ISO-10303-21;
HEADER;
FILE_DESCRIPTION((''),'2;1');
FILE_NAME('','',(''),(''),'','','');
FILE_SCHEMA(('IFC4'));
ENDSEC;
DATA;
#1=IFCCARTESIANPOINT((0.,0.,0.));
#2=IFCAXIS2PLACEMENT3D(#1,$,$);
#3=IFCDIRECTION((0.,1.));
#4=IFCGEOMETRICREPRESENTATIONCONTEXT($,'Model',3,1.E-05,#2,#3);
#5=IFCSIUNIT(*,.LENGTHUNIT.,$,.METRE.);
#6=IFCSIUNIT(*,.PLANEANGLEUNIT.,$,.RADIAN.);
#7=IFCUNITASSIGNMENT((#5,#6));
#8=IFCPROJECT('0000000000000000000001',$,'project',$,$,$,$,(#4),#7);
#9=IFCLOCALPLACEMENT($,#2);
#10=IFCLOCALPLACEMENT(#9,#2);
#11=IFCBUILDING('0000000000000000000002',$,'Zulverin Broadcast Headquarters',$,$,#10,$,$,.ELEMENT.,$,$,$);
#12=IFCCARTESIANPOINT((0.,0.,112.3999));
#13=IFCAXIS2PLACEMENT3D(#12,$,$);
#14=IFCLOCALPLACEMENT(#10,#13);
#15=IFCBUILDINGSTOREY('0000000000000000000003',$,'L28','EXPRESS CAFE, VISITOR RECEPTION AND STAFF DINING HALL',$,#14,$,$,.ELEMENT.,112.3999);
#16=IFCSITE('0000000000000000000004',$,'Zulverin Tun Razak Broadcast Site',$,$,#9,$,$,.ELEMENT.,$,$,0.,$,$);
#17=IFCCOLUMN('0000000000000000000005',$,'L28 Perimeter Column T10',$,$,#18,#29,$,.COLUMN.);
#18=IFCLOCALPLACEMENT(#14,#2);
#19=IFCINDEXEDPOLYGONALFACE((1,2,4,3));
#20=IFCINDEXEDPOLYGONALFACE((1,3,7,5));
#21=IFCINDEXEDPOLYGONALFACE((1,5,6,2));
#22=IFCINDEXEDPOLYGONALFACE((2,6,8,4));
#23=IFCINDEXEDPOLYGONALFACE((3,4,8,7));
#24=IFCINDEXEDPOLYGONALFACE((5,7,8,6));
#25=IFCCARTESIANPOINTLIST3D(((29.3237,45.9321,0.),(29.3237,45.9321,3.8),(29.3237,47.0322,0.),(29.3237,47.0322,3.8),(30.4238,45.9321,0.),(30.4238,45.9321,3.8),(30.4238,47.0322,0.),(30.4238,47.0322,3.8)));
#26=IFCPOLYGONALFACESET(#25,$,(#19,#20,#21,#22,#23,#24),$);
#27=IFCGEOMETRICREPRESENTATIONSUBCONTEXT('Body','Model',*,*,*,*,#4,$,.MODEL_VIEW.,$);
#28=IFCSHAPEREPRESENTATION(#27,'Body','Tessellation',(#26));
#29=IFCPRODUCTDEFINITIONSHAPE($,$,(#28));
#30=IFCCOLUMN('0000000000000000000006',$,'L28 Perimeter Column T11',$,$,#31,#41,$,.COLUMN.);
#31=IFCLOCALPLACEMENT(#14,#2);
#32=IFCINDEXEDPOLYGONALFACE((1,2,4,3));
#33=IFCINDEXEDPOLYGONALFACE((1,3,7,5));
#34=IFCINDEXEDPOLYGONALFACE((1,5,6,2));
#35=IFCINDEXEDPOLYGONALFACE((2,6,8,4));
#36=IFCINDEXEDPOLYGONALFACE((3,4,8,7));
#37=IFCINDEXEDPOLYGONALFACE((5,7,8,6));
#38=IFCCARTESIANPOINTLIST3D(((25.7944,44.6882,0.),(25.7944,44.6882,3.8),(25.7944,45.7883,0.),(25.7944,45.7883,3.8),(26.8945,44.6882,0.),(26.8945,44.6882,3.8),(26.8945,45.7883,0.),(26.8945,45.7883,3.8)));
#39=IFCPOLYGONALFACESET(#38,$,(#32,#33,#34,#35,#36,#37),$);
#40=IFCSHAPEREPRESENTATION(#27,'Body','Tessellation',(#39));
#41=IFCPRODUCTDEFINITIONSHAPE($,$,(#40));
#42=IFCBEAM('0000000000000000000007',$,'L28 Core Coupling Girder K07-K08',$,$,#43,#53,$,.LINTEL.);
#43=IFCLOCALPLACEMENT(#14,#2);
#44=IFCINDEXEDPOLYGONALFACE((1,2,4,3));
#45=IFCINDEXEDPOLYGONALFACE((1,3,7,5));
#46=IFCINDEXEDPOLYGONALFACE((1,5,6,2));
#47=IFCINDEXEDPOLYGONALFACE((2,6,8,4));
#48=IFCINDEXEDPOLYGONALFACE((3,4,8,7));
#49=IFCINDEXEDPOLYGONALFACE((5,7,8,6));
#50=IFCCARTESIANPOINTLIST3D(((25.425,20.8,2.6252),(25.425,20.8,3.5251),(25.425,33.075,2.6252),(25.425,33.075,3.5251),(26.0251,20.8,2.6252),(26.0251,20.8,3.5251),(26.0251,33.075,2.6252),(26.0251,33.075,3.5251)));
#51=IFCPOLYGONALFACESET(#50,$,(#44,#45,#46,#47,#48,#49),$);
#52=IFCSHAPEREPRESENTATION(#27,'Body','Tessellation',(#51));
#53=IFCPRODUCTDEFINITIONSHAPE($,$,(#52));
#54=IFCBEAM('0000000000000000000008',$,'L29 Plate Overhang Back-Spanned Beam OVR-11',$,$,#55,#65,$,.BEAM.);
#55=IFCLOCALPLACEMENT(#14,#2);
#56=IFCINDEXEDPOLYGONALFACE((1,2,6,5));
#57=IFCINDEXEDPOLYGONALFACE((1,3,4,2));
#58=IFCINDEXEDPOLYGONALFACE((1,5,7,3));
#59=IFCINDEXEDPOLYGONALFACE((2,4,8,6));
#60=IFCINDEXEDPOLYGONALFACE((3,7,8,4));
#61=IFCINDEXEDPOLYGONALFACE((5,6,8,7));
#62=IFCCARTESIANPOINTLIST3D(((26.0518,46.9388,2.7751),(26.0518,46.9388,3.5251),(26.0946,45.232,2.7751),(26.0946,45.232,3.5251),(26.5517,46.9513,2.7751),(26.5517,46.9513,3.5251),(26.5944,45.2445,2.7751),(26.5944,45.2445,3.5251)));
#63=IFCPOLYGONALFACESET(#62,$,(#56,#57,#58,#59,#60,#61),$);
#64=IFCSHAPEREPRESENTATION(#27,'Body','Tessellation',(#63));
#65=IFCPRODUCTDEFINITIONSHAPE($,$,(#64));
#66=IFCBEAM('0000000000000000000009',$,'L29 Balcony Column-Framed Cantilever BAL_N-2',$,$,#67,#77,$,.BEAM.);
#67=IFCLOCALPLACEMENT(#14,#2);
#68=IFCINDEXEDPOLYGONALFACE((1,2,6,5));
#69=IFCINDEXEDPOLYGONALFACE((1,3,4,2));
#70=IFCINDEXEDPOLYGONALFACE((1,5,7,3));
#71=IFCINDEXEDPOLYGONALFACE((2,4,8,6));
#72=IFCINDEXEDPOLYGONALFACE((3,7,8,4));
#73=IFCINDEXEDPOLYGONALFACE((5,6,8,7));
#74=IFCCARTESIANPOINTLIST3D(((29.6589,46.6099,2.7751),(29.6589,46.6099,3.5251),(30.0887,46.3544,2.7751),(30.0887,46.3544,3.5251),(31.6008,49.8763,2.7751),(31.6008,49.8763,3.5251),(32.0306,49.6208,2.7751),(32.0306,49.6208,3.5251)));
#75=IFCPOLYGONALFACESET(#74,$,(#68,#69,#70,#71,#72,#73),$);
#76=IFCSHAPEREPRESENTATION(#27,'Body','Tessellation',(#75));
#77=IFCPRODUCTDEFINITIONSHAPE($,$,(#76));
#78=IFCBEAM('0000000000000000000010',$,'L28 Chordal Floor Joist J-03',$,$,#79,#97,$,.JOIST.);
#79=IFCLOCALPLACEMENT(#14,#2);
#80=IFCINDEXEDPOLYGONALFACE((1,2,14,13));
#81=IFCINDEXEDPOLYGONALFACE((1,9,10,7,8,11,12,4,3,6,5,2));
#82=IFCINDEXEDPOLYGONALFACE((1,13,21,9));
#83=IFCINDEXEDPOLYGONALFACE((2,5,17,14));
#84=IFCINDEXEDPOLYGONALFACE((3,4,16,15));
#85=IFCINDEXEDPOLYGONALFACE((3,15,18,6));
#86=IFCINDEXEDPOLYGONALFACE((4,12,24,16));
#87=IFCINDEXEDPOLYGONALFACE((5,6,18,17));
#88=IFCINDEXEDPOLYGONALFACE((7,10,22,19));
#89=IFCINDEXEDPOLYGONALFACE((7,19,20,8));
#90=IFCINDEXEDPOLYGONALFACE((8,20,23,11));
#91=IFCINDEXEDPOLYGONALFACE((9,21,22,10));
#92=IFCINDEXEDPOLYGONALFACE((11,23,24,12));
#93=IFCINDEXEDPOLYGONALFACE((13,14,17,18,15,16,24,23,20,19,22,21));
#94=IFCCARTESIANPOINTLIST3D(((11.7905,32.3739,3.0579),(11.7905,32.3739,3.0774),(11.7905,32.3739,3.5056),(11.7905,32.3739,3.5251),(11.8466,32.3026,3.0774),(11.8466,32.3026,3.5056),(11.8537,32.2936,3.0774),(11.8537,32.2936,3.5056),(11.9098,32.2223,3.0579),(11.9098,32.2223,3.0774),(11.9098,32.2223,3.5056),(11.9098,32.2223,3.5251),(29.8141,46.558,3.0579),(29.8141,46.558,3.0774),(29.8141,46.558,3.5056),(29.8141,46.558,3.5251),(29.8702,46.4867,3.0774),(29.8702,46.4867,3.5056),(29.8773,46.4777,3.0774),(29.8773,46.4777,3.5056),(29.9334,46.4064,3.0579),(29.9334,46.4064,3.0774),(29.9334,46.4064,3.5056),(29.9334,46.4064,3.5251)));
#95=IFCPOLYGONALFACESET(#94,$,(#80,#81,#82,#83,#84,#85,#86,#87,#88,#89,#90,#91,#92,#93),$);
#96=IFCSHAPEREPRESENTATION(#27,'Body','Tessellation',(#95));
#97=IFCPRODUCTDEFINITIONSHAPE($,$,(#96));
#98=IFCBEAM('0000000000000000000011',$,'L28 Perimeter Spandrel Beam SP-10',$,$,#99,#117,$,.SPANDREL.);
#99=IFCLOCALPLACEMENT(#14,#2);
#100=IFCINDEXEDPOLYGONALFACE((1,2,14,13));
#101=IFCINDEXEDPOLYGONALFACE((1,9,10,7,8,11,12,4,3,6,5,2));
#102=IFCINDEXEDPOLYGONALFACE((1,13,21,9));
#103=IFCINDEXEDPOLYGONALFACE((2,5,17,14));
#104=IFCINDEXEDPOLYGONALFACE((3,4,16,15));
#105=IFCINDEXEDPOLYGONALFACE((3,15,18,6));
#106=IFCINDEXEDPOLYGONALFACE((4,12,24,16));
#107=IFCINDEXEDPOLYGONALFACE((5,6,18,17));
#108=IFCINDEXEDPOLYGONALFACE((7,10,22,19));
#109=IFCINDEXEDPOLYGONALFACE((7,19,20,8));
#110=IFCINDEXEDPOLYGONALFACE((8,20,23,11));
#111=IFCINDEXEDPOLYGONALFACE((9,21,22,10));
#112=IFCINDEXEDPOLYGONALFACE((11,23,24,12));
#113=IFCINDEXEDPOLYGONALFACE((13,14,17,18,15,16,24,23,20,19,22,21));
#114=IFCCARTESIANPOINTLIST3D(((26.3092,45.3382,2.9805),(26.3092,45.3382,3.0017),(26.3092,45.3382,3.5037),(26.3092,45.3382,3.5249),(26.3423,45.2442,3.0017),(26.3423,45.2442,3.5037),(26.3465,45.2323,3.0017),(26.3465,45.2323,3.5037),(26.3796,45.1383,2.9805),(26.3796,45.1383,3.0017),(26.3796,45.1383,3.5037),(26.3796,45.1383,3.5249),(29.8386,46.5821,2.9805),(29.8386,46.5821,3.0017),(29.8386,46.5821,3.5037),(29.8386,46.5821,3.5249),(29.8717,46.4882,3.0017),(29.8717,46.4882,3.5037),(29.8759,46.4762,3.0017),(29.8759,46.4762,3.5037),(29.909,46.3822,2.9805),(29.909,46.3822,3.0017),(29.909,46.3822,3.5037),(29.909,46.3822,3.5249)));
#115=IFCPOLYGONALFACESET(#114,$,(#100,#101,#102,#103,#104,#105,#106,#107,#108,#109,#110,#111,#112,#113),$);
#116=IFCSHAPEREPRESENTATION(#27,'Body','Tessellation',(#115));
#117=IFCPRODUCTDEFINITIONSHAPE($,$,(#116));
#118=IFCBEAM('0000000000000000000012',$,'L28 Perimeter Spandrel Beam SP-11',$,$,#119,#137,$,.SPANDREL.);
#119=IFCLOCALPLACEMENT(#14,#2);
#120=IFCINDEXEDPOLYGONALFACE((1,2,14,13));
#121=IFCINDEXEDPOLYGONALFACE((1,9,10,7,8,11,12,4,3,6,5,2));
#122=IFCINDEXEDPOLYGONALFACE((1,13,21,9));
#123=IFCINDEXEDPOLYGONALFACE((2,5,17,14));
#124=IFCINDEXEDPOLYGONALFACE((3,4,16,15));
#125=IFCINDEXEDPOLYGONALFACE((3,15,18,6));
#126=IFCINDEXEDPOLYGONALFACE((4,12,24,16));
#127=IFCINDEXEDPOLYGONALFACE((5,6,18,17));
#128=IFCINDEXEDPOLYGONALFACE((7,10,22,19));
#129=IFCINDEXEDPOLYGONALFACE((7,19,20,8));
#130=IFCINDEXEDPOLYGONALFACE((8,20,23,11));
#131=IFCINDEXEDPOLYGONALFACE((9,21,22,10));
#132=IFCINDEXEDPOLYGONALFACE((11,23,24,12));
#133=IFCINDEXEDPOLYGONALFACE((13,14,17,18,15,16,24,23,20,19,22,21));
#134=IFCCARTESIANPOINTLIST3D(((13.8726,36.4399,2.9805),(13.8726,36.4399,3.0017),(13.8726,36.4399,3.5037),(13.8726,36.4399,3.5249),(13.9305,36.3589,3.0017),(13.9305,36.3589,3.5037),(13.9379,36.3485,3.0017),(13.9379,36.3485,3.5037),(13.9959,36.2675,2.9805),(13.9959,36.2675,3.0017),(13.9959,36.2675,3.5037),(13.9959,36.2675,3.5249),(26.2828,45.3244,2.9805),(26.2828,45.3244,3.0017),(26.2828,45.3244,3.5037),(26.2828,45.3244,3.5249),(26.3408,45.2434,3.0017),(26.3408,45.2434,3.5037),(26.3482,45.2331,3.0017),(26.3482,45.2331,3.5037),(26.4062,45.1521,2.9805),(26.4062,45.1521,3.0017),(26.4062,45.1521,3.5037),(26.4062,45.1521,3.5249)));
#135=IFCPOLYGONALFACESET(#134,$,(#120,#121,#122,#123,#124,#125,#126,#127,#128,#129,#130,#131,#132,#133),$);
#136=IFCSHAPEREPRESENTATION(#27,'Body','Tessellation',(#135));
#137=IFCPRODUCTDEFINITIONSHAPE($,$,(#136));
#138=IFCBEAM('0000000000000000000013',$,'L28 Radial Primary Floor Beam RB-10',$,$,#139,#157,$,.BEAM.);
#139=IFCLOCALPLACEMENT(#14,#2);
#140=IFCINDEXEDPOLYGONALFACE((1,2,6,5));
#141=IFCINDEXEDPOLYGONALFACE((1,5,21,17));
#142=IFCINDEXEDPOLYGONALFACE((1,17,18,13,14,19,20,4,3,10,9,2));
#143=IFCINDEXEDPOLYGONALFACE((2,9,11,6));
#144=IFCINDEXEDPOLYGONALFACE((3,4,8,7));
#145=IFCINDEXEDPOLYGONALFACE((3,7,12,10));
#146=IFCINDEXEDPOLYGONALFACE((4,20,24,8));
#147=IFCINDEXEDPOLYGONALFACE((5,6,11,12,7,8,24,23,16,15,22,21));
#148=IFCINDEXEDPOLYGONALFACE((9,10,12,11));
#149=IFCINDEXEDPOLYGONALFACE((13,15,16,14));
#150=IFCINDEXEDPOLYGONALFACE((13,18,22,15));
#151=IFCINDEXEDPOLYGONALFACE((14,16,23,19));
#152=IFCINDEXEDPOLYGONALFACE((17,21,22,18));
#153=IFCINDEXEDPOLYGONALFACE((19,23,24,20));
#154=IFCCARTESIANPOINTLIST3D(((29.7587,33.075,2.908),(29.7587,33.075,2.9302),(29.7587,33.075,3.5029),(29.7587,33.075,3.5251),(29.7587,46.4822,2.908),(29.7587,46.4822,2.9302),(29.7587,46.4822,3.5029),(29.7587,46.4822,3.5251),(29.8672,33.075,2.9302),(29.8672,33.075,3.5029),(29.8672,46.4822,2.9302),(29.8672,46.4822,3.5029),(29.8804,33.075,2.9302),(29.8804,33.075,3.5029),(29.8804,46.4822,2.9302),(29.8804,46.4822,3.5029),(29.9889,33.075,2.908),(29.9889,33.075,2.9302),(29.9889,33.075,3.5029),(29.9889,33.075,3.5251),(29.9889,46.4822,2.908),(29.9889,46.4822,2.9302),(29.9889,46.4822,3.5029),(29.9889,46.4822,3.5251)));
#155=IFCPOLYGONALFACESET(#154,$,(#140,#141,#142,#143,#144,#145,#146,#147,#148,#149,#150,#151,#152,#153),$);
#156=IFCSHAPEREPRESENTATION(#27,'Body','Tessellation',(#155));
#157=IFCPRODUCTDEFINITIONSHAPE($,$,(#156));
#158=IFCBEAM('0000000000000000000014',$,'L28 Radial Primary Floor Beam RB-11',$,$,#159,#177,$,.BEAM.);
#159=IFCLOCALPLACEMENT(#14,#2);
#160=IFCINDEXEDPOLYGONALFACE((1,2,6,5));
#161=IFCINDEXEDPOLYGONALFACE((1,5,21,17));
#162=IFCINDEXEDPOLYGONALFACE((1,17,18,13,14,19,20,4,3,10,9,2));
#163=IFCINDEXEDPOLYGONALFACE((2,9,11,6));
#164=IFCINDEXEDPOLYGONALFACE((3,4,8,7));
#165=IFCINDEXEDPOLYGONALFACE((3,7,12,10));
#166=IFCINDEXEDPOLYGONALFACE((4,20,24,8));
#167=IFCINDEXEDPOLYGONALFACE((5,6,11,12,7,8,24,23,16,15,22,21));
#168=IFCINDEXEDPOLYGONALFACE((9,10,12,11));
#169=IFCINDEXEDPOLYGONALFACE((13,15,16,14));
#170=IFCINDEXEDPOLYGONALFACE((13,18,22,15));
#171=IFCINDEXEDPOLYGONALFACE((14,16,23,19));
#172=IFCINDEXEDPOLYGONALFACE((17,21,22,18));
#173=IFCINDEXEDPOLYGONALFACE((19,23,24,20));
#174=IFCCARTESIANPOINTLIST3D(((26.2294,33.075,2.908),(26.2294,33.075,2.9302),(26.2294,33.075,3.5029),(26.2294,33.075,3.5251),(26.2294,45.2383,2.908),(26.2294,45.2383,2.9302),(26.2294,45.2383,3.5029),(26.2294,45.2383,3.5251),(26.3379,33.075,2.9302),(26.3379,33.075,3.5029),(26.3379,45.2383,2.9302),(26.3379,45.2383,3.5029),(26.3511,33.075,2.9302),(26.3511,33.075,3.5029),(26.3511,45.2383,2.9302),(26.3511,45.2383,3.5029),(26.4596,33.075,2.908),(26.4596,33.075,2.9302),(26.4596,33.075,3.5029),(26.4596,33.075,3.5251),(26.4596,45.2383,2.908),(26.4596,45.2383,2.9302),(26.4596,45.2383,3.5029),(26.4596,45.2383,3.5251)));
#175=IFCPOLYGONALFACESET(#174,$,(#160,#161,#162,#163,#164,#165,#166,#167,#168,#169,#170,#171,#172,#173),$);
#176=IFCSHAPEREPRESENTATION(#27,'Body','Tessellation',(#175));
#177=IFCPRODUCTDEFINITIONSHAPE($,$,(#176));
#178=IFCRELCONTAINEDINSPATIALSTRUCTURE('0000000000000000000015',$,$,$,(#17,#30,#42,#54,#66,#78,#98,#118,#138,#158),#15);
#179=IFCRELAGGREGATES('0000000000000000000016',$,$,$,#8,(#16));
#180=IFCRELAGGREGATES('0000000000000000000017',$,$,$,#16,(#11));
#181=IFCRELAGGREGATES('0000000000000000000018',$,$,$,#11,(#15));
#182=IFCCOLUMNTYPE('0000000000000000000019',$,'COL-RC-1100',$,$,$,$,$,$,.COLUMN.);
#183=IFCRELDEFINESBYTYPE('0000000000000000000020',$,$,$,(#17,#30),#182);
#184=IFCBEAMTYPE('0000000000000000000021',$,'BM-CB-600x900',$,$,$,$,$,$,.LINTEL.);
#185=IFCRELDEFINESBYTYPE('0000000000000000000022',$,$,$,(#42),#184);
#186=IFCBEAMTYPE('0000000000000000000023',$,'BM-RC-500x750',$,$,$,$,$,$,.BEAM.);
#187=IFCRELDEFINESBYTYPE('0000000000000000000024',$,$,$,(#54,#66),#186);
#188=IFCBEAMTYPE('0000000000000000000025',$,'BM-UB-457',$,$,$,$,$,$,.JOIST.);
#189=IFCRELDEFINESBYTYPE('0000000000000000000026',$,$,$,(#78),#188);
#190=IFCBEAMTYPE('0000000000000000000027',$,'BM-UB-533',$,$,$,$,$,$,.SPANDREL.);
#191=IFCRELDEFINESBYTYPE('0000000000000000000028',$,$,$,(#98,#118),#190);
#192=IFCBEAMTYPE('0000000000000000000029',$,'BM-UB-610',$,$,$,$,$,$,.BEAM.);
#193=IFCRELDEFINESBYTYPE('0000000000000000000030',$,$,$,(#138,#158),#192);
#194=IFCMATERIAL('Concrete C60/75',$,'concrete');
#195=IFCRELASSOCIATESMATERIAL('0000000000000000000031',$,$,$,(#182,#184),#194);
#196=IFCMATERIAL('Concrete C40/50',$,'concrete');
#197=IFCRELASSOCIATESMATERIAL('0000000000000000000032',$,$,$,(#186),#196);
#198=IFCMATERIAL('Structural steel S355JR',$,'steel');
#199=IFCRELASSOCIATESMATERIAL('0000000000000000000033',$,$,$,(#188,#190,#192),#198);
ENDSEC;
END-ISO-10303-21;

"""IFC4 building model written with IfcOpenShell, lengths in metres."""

from ifc_helpers import new_model, si_unit, direction, frame, origin, origin_2d, place, context, subcontext, project, spatial, rectangle, i_section, extrude, material, material_profile, profile_set, type_object, element, save


model = new_model("IFC4")

# Units and contexts
model_context = context("Model", 3, precision=1e-05, world=origin(), true_north=direction((0.0, 1.0)))
body_context = subcontext(model_context, "Body", "Model", "MODEL_VIEW")
ifc_project = project(units=[si_unit("LENGTHUNIT", "METRE"), si_unit("PLANEANGLEUNIT", "RADIAN")], contexts=[model_context])

# Site, building, storey
site_placement = place(None, origin())
site = spatial("IfcSite", under=ifc_project, at=site_placement, Name="Zulverin Tun Razak Broadcast Site", CompositionType="ELEMENT", RefElevation=0.0)
building_placement = place(site_placement, origin())
building = spatial("IfcBuilding", under=site, at=building_placement, Name="Zulverin Broadcast Headquarters", CompositionType="ELEMENT")
storey_placement = place(building_placement, frame((0.0, 0.0, 112.3999)))
storey = spatial("IfcBuildingStorey", under=building, at=storey_placement, Name="L28", Description="EXPRESS CAFE, VISITOR RECEPTION AND STAFF DINING HALL", CompositionType="ELEMENT", Elevation=112.3999)

# Columns
ifc_material_1 = material(Name="Concrete C60/75", Category="concrete")
ifc_material_profile_1 = material_profile(ifc_material_1, rectangle(XDim=1.1001, YDim=1.1001, at=origin_2d()), Name="Concrete C60/75", Category="concrete")
ifc_profile_set_1 = profile_set([ifc_material_profile_1], Name="Concrete C60/75")
column_type = type_object("IfcColumnType", Name="COL-RC-1100", PredefinedType="COLUMN", material=ifc_profile_set_1)
for number, where, z_axis, x_axis, name in (
    (1, (29.8738, 46.4822, 0.0), (0.0, 0.0, 1.0), (1.0, 0.0, 0.0), "L28 Perimeter Column T10"),
    (2, (26.3445, 45.2383, 0.0), (0.0, 0.0, 1.0), (1.0, 0.0, 0.0), "L28 Perimeter Column T11"),
):
    element("IfcColumn", number, at=place(storey_placement, frame(where, z_axis=z_axis, x_axis=x_axis)), inside=storey, type_object=column_type, Name=name, PredefinedType="COLUMN", context=body_context, shape_type="SweptSolid", body=[
        extrude(rectangle(XDim=1.1001, YDim=1.1001, at=origin_2d()), origin(), (0.0, 0.0, 1.0), 3.8),
    ])

# Beams
ifc_material_profile_2 = material_profile(ifc_material_1, rectangle(XDim=0.6001, YDim=0.8999, at=origin_2d()), Name="Concrete C60/75", Category="concrete")
ifc_profile_set_2 = profile_set([ifc_material_profile_2], Name="Concrete C60/75")
beam_type_1 = type_object("IfcBeamType", Name="BM-CB-600x900", PredefinedType="LINTEL", material=ifc_profile_set_2)
beam_1_placement = place(storey_placement, frame((25.7251, 33.075, 3.0752), z_axis=(0.0, -1.0, 0.0), x_axis=(1.0, 0.0, 0.0)))
element("IfcBeam", 3, at=beam_1_placement, inside=storey, type_object=beam_type_1, Name="L28 Core Coupling Girder K07-K08", PredefinedType="LINTEL", context=body_context, shape_type="SweptSolid", body=[
    extrude(rectangle(XDim=0.6001, YDim=0.8999, at=origin_2d()), origin(), (0.0, 0.0, 1.0), 12.2749),
])
ifc_material_2 = material(Name="Concrete C40/50", Category="concrete")
ifc_material_profile_3 = material_profile(ifc_material_2, rectangle(XDim=0.5, YDim=0.75, at=origin_2d()), Name="Concrete C40/50", Category="concrete")
ifc_profile_set_3 = profile_set([ifc_material_profile_3], Name="Concrete C40/50")
beam_type_2 = type_object("IfcBeamType", Name="BM-RC-500x750", PredefinedType="BEAM", material=ifc_profile_set_3)
beam_2_placement = place(storey_placement, frame((26.3445, 45.2383, 3.1501), z_axis=(-0.025024, 0.999687, 0.0), x_axis=(-0.999687, -0.025024, 0.0)))
element("IfcBeam", 4, at=beam_2_placement, inside=storey, type_object=beam_type_2, Name="L29 Plate Overhang Back-Spanned Beam OVR-11", PredefinedType="BEAM", context=body_context, shape_type="SweptSolid", body=[
    extrude(rectangle(XDim=0.5, YDim=0.75, at=origin_2d()), origin(), (0.0, 0.0, 1.0), 1.7073),
])
beam_3_placement = place(storey_placement, frame((29.8738, 46.4822, 3.1501), z_axis=(0.511024, 0.859566, 0.0), x_axis=(-0.859566, 0.511024, 0.0)))
element("IfcBeam", 5, at=beam_3_placement, inside=storey, type_object=beam_type_2, Name="L29 Balcony Column-Framed Cantilever BAL_N-2", PredefinedType="BEAM", context=body_context, shape_type="SweptSolid", body=[
    extrude(rectangle(XDim=0.5, YDim=0.75, at=origin_2d()), origin(), (0.0, 0.0, 1.0), 3.8),
])
ifc_material_3 = material(Name="Structural steel S355JR", Category="steel")
ifc_material_profile_4 = material_profile(ifc_material_3, i_section(OverallWidth=0.1929, OverallDepth=0.4673, WebThickness=0.0115, FlangeThickness=0.0195, at=origin_2d()), Name="Structural steel S355JR", Category="steel")
ifc_profile_set_4 = profile_set([ifc_material_profile_4], Name="Structural steel S355JR")
beam_type_3 = type_object("IfcBeamType", Name="BM-UB-457", PredefinedType="JOIST", material=ifc_profile_set_4)
beam_4_placement = place(storey_placement, frame((29.8738, 46.4822, 3.2915), z_axis=(-0.785839, -0.618431, 0.0), x_axis=(0.618431, -0.785839, 0.0)))
element("IfcBeam", 6, at=beam_4_placement, inside=storey, type_object=beam_type_3, Name="L28 Chordal Floor Joist J-03", PredefinedType="JOIST", context=body_context, shape_type="SweptSolid", body=[
    extrude(i_section(OverallWidth=0.1929, OverallDepth=0.4673, WebThickness=0.0115, FlangeThickness=0.0195, at=origin_2d()), origin(), (0.0, 0.0, 1.0), 22.9355),
])
ifc_material_profile_5 = material_profile(ifc_material_3, i_section(OverallWidth=0.2119, OverallDepth=0.5444, WebThickness=0.0127, FlangeThickness=0.0212, at=origin_2d()), Name="Structural steel S355JR", Category="steel")
ifc_profile_set_5 = profile_set([ifc_material_profile_5], Name="Structural steel S355JR")
beam_type_4 = type_object("IfcBeamType", Name="BM-UB-533", PredefinedType="SPANDREL", material=ifc_profile_set_5)
beam_5_placement = place(storey_placement, frame((29.8738, 46.4822, 3.2527), z_axis=(-0.943136, -0.332407, 0.0), x_axis=(0.332407, -0.943136, 0.0)))
element("IfcBeam", 7, at=beam_5_placement, inside=storey, type_object=beam_type_4, Name="L28 Perimeter Spandrel Beam SP-10", PredefinedType="SPANDREL", context=body_context, shape_type="SweptSolid", body=[
    extrude(i_section(OverallWidth=0.2119, OverallDepth=0.5444, WebThickness=0.0127, FlangeThickness=0.0212, at=origin_2d()), origin(), (0.0, 0.0, 1.0), 3.7422),
])
beam_6_placement = place(storey_placement, frame((26.3445, 45.2383, 3.2527), z_axis=(-0.813109, -0.582111, 0.0), x_axis=(0.582111, -0.813109, 0.0)))
element("IfcBeam", 8, at=beam_6_placement, inside=storey, type_object=beam_type_4, Name="L28 Perimeter Spandrel Beam SP-11", PredefinedType="SPANDREL", context=body_context, shape_type="SweptSolid", body=[
    extrude(i_section(OverallWidth=0.2119, OverallDepth=0.5444, WebThickness=0.0127, FlangeThickness=0.0212, at=origin_2d()), origin(), (0.0, 0.0, 1.0), 15.2627),
])
ifc_material_profile_6 = material_profile(ifc_material_3, i_section(OverallWidth=0.2302, OverallDepth=0.6172, WebThickness=0.0132, FlangeThickness=0.0222, at=origin_2d()), Name="Structural steel S355JR", Category="steel")
ifc_profile_set_6 = profile_set([ifc_material_profile_6], Name="Structural steel S355JR")
beam_type_5 = type_object("IfcBeamType", Name="BM-UB-610", PredefinedType="BEAM", material=ifc_profile_set_6)
beam_7_placement = place(storey_placement, frame((29.8738, 33.075, 3.2166), z_axis=(0.0, 1.0, 0.0), x_axis=(-1.0, 0.0, 0.0)))
element("IfcBeam", 9, at=beam_7_placement, inside=storey, type_object=beam_type_5, Name="L28 Radial Primary Floor Beam RB-10", PredefinedType="BEAM", context=body_context, shape_type="SweptSolid", body=[
    extrude(i_section(OverallWidth=0.2302, OverallDepth=0.6172, WebThickness=0.0132, FlangeThickness=0.0222, at=origin_2d()), origin(), (0.0, 0.0, 1.0), 13.4072),
])
beam_8_placement = place(storey_placement, frame((26.3445, 33.075, 3.2166), z_axis=(0.0, 1.0, 0.0), x_axis=(-1.0, 0.0, 0.0)))
element("IfcBeam", 10, at=beam_8_placement, inside=storey, type_object=beam_type_5, Name="L28 Radial Primary Floor Beam RB-11", PredefinedType="BEAM", context=body_context, shape_type="SweptSolid", body=[
    extrude(i_section(OverallWidth=0.2302, OverallDepth=0.6172, WebThickness=0.0132, FlangeThickness=0.0222, at=origin_2d()), origin(), (0.0, 0.0, 1.0), 12.1633),
])

save(model, "model.ifc")
